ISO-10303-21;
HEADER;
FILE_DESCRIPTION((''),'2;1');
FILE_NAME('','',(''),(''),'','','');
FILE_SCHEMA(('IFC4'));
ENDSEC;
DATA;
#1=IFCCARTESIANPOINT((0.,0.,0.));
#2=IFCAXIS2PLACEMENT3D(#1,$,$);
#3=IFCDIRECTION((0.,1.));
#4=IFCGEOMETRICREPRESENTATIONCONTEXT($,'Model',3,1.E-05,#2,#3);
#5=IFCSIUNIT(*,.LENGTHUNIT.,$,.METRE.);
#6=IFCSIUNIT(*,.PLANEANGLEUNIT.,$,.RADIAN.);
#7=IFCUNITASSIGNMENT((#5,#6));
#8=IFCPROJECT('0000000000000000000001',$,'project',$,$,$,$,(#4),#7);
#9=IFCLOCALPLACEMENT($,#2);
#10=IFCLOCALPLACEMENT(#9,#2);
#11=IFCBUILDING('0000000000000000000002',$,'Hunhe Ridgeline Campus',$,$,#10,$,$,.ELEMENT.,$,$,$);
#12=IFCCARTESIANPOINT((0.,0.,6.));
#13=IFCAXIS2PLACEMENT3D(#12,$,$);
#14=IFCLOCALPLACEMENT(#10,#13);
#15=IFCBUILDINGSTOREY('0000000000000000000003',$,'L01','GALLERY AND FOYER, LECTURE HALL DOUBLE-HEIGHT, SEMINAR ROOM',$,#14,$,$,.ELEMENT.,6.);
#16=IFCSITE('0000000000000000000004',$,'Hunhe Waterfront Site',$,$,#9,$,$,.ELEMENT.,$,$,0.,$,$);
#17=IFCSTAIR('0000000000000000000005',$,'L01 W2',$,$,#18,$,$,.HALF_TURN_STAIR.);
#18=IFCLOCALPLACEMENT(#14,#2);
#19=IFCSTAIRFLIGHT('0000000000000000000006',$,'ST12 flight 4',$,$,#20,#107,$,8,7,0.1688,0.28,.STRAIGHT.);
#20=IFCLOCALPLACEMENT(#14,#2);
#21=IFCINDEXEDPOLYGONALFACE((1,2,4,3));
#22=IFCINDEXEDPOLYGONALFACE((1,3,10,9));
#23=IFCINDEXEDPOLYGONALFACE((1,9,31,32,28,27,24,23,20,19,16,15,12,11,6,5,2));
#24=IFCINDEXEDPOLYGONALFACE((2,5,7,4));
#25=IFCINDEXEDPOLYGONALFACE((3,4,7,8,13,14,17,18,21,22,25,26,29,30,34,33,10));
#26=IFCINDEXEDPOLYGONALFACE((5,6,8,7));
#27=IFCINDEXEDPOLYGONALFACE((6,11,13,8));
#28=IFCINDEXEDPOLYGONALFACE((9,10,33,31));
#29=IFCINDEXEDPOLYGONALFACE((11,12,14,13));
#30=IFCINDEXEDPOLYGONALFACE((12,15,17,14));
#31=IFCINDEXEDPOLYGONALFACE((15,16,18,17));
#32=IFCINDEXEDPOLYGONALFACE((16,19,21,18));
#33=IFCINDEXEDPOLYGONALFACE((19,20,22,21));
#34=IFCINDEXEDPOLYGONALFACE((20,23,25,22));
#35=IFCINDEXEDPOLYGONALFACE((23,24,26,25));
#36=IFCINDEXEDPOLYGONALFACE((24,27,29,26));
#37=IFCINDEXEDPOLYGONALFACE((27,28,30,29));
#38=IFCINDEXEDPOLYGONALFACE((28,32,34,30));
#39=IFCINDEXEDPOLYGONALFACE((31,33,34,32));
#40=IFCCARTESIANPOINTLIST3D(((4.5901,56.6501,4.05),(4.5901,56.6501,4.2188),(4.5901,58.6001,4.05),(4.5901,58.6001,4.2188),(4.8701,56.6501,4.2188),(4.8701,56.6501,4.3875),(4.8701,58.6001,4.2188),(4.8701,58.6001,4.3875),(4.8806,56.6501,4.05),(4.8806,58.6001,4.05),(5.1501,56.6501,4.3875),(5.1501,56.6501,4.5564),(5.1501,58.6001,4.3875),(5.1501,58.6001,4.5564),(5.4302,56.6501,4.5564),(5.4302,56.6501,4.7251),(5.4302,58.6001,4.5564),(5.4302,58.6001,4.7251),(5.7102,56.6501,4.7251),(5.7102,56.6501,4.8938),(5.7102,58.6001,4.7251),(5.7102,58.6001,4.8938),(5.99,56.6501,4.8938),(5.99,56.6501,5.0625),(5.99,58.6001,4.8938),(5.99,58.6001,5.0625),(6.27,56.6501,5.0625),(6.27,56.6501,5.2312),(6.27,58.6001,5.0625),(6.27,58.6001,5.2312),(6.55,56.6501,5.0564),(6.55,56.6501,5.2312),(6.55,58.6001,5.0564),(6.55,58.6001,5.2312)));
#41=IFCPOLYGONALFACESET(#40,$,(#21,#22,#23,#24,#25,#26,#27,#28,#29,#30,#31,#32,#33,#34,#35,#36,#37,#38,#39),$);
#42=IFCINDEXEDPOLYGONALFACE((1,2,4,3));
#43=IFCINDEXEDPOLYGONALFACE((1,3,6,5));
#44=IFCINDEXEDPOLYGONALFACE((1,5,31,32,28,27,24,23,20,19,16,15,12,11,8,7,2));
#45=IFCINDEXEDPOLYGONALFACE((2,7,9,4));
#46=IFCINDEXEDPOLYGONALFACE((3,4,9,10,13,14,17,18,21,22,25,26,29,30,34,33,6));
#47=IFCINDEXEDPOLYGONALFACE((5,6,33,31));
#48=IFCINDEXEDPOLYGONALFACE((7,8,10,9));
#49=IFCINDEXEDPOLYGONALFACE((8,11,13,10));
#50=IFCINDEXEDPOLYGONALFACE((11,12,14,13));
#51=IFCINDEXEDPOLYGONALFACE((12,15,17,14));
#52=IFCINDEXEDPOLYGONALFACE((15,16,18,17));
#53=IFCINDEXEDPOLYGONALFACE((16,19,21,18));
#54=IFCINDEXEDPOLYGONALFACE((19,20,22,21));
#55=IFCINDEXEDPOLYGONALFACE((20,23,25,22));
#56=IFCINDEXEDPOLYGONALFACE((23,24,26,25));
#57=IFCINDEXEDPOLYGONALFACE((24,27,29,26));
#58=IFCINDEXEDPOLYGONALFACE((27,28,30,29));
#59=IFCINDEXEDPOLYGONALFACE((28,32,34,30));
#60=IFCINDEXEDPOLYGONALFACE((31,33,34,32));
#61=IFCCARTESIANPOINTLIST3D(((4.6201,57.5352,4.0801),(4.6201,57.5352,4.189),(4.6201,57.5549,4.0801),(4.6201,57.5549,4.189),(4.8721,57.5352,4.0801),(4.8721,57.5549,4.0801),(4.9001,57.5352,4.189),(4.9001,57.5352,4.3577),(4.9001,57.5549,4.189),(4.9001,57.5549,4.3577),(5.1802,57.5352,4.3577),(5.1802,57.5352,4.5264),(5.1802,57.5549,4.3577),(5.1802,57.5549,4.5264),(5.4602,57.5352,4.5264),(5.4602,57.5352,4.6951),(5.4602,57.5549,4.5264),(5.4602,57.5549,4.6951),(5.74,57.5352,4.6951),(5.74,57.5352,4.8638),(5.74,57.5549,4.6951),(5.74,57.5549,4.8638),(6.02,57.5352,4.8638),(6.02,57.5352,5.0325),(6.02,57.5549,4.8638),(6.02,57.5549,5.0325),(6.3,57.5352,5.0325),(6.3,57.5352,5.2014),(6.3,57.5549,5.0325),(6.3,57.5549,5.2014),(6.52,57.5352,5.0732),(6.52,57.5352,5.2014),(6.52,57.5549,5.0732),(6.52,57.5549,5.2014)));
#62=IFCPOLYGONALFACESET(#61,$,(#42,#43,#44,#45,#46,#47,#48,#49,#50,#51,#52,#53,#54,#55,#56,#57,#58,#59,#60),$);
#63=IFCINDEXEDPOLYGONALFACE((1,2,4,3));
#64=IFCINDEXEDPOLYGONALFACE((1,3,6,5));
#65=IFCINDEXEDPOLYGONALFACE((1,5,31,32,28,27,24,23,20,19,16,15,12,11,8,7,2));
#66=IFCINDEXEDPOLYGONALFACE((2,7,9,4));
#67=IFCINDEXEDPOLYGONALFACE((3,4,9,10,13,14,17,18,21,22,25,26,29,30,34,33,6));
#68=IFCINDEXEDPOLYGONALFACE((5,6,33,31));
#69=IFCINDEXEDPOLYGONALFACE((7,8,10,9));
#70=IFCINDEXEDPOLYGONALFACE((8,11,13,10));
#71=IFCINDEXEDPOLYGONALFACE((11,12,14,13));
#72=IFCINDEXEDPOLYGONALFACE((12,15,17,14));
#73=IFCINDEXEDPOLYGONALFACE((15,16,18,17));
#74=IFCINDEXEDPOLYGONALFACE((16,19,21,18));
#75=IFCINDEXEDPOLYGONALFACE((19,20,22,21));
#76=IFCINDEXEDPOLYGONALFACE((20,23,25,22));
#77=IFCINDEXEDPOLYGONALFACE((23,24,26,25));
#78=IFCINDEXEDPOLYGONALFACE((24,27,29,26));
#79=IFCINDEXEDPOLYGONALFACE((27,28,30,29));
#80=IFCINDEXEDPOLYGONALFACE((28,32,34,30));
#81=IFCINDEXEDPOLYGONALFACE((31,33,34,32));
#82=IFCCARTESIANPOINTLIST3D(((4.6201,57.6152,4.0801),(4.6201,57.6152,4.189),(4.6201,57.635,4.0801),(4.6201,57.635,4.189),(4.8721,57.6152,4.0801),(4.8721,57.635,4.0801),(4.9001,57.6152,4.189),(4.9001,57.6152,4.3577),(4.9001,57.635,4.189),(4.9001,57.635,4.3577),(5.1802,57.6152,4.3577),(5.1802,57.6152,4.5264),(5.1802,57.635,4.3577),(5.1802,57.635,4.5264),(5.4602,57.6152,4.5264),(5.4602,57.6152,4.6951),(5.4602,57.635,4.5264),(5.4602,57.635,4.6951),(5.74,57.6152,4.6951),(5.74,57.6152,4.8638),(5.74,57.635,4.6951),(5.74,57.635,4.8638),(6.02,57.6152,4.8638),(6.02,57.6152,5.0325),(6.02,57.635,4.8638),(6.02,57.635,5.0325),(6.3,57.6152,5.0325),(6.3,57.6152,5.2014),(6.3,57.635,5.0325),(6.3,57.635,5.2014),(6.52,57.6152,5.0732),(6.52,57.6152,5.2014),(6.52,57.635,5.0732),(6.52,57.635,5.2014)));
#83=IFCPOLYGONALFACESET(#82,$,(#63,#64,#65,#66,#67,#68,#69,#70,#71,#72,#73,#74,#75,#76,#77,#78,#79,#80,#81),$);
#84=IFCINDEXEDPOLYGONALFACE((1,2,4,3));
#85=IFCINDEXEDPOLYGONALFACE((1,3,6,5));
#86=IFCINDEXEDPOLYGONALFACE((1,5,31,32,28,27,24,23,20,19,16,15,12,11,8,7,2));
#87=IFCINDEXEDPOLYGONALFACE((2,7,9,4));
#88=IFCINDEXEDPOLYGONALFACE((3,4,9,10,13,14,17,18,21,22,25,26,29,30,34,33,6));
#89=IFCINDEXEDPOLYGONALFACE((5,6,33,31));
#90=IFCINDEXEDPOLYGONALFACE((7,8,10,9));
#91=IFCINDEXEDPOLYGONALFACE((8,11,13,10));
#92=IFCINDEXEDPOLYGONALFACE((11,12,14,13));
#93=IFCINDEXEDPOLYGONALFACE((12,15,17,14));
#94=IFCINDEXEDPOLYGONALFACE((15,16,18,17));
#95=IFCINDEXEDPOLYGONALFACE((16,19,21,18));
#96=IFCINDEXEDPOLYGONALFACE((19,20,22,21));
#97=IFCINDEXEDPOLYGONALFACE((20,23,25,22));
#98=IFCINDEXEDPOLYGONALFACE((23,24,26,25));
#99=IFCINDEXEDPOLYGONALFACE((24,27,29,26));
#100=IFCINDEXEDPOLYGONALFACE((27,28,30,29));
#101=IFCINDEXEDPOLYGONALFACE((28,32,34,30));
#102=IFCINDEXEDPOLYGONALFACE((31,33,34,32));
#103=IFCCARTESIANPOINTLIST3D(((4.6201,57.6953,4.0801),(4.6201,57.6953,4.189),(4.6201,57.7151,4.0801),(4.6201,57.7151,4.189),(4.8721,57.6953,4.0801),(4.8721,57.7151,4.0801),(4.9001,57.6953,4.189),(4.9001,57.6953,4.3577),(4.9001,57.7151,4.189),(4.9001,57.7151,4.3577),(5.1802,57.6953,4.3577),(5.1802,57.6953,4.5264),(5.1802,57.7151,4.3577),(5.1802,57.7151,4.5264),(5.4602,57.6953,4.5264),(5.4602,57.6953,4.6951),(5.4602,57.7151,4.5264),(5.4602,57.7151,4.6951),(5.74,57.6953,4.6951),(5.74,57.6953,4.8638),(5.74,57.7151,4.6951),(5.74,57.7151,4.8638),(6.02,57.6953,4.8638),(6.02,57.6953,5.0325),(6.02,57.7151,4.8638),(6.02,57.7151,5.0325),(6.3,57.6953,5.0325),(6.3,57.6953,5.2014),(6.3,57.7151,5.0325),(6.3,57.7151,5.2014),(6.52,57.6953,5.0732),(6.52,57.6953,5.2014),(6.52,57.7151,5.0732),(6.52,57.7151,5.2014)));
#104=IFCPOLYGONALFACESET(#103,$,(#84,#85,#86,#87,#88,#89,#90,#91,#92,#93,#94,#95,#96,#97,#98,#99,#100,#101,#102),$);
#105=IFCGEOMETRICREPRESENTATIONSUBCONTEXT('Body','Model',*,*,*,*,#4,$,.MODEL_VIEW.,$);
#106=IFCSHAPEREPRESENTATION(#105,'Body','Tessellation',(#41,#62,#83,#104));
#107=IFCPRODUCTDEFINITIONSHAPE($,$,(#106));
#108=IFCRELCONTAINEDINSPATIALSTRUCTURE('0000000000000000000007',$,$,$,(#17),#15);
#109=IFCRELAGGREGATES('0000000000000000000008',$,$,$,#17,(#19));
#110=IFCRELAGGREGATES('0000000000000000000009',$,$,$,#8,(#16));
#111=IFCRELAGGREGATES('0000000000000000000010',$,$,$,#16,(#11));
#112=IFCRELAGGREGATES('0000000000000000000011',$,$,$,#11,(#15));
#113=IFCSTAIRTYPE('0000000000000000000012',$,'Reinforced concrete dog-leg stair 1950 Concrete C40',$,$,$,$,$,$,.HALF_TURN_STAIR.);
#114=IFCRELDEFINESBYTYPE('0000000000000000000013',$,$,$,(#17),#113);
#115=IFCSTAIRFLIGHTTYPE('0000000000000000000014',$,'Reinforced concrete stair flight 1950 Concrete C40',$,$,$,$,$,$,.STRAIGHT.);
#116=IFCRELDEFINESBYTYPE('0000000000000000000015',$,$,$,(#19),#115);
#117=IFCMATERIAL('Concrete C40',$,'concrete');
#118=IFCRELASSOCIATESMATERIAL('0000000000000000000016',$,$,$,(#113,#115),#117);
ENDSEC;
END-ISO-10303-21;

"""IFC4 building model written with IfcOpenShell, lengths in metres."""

from ifc_helpers import new_model, si_unit, direction, frame, origin, place, context, subcontext, project, spatial, polyline, outline, extrude, material, type_object, element, aggregate, save


model = new_model("IFC4")

# Units and contexts
model_context = context("Model", 3, precision=1e-05, world=origin(), true_north=direction((0.0, 1.0)))
body_context = subcontext(model_context, "Body", "Model", "MODEL_VIEW")
ifc_project = project(units=[si_unit("LENGTHUNIT", "METRE"), si_unit("PLANEANGLEUNIT", "RADIAN")], contexts=[model_context])

# Site, building, storey
site_placement = place(None, origin())
site = spatial("IfcSite", under=ifc_project, at=site_placement, Name="Hunhe Waterfront Site", CompositionType="ELEMENT", RefElevation=0.0)
building_placement = place(site_placement, origin())
building = spatial("IfcBuilding", under=site, at=building_placement, Name="Hunhe Ridgeline Campus", CompositionType="ELEMENT")
storey_placement = place(building_placement, frame((0.0, 0.0, 6.0)))
storey = spatial("IfcBuildingStorey", under=building, at=storey_placement, Name="L01", Description="GALLERY AND FOYER, LECTURE HALL DOUBLE-HEIGHT, SEMINAR ROOM", CompositionType="ELEMENT", Elevation=6.0)

# Stair, stair flight
ifc_material_1 = material(Name="Concrete C40", Category="concrete")
stair_type = type_object("IfcStairType", Name="Reinforced concrete dog-leg stair 1950 Concrete C40", PredefinedType="HALF_TURN_STAIR", material=ifc_material_1)
stair_placement = place(storey_placement, origin())
stair = element("IfcStair", 1, at=stair_placement, inside=storey, type_object=stair_type, Name="L01 W2", PredefinedType="HALF_TURN_STAIR")
stair_flight_type = type_object("IfcStairFlightType", Name="Reinforced concrete stair flight 1950 Concrete C40", PredefinedType="STRAIGHT", material=ifc_material_1)
stair_flight_1_placement = place(storey_placement, frame((4.5901, 57.625, 4.05), z_axis=(0.0, 0.0, 1.0), x_axis=(1.0, 0.0, 0.0)))
stair_flight_1 = element("IfcStairFlight", 2, at=stair_flight_1_placement, type_object=stair_flight_type, Name="ST12 flight 4", NumberOfRisers=8, NumberOfTreads=7, PredefinedType="STRAIGHT", RiserHeight=0.1688, TreadLength=0.28, context=body_context, shape_type="SweptSolid", body=[
    extrude(outline(polyline([(0.0, 0.0), (0.0, 0.1687), (0.28, 0.1687), (0.28, 0.3374), (0.5601, 0.3374), (0.5601, 0.5063), (0.8401, 0.5063), (0.8401, 0.675), (1.1201, 0.675), (1.1201, 0.8438), (1.3999, 0.8438), (1.3999, 1.0125), (1.6799, 1.0125), (1.6799, 1.1812), (1.96, 1.1812), (1.96, 1.3501), (1.96, 1.0063), (0.2905, 0.0), (0.0, 0.0)])), frame((0.0, 0.9751, 0.0), z_axis=(0.0, -1.0, 0.0), x_axis=(1.0, 0.0, 0.0)), (0.0, 0.0, 1.0), 1.95),
    extrude(outline(polyline([(0.03, 0.03), (0.03, 0.1389), (0.3101, 0.1389), (0.3101, 0.3076), (0.5901, 0.3076), (0.5901, 0.4763), (0.8701, 0.4763), (0.8701, 0.645), (1.1499, 0.645), (1.1499, 0.8137), (1.4299, 0.8137), (1.4299, 0.9824), (1.71, 0.9824), (1.71, 1.1514), (1.9299, 1.1514), (1.9299, 1.0232), (0.282, 0.03), (0.03, 0.03)])), frame((0.0, -0.0701, 0.0), z_axis=(0.0, -1.0, 0.0), x_axis=(1.0, 0.0, 0.0)), (0.0, 0.0, 1.0), 0.0198),
    extrude(outline(polyline([(0.03, 0.03), (0.03, 0.1389), (0.3101, 0.1389), (0.3101, 0.3076), (0.5901, 0.3076), (0.5901, 0.4763), (0.8701, 0.4763), (0.8701, 0.645), (1.1499, 0.645), (1.1499, 0.8137), (1.4299, 0.8137), (1.4299, 0.9824), (1.71, 0.9824), (1.71, 1.1514), (1.9299, 1.1514), (1.9299, 1.0232), (0.282, 0.03), (0.03, 0.03)])), frame((0.0, 0.01, 0.0), z_axis=(0.0, -1.0, 0.0), x_axis=(1.0, 0.0, 0.0)), (0.0, 0.0, 1.0), 0.0198),
    extrude(outline(polyline([(0.03, 0.03), (0.03, 0.1389), (0.3101, 0.1389), (0.3101, 0.3076), (0.5901, 0.3076), (0.5901, 0.4763), (0.8701, 0.4763), (0.8701, 0.645), (1.1499, 0.645), (1.1499, 0.8137), (1.4299, 0.8137), (1.4299, 0.9824), (1.71, 0.9824), (1.71, 1.1514), (1.9299, 1.1514), (1.9299, 1.0232), (0.282, 0.03), (0.03, 0.03)])), frame((0.0, 0.0901, 0.0), z_axis=(0.0, -1.0, 0.0), x_axis=(1.0, 0.0, 0.0)), (0.0, 0.0, 1.0), 0.0198),
])
aggregate(stair, [stair_flight_1])

save(model, "model.ifc")
